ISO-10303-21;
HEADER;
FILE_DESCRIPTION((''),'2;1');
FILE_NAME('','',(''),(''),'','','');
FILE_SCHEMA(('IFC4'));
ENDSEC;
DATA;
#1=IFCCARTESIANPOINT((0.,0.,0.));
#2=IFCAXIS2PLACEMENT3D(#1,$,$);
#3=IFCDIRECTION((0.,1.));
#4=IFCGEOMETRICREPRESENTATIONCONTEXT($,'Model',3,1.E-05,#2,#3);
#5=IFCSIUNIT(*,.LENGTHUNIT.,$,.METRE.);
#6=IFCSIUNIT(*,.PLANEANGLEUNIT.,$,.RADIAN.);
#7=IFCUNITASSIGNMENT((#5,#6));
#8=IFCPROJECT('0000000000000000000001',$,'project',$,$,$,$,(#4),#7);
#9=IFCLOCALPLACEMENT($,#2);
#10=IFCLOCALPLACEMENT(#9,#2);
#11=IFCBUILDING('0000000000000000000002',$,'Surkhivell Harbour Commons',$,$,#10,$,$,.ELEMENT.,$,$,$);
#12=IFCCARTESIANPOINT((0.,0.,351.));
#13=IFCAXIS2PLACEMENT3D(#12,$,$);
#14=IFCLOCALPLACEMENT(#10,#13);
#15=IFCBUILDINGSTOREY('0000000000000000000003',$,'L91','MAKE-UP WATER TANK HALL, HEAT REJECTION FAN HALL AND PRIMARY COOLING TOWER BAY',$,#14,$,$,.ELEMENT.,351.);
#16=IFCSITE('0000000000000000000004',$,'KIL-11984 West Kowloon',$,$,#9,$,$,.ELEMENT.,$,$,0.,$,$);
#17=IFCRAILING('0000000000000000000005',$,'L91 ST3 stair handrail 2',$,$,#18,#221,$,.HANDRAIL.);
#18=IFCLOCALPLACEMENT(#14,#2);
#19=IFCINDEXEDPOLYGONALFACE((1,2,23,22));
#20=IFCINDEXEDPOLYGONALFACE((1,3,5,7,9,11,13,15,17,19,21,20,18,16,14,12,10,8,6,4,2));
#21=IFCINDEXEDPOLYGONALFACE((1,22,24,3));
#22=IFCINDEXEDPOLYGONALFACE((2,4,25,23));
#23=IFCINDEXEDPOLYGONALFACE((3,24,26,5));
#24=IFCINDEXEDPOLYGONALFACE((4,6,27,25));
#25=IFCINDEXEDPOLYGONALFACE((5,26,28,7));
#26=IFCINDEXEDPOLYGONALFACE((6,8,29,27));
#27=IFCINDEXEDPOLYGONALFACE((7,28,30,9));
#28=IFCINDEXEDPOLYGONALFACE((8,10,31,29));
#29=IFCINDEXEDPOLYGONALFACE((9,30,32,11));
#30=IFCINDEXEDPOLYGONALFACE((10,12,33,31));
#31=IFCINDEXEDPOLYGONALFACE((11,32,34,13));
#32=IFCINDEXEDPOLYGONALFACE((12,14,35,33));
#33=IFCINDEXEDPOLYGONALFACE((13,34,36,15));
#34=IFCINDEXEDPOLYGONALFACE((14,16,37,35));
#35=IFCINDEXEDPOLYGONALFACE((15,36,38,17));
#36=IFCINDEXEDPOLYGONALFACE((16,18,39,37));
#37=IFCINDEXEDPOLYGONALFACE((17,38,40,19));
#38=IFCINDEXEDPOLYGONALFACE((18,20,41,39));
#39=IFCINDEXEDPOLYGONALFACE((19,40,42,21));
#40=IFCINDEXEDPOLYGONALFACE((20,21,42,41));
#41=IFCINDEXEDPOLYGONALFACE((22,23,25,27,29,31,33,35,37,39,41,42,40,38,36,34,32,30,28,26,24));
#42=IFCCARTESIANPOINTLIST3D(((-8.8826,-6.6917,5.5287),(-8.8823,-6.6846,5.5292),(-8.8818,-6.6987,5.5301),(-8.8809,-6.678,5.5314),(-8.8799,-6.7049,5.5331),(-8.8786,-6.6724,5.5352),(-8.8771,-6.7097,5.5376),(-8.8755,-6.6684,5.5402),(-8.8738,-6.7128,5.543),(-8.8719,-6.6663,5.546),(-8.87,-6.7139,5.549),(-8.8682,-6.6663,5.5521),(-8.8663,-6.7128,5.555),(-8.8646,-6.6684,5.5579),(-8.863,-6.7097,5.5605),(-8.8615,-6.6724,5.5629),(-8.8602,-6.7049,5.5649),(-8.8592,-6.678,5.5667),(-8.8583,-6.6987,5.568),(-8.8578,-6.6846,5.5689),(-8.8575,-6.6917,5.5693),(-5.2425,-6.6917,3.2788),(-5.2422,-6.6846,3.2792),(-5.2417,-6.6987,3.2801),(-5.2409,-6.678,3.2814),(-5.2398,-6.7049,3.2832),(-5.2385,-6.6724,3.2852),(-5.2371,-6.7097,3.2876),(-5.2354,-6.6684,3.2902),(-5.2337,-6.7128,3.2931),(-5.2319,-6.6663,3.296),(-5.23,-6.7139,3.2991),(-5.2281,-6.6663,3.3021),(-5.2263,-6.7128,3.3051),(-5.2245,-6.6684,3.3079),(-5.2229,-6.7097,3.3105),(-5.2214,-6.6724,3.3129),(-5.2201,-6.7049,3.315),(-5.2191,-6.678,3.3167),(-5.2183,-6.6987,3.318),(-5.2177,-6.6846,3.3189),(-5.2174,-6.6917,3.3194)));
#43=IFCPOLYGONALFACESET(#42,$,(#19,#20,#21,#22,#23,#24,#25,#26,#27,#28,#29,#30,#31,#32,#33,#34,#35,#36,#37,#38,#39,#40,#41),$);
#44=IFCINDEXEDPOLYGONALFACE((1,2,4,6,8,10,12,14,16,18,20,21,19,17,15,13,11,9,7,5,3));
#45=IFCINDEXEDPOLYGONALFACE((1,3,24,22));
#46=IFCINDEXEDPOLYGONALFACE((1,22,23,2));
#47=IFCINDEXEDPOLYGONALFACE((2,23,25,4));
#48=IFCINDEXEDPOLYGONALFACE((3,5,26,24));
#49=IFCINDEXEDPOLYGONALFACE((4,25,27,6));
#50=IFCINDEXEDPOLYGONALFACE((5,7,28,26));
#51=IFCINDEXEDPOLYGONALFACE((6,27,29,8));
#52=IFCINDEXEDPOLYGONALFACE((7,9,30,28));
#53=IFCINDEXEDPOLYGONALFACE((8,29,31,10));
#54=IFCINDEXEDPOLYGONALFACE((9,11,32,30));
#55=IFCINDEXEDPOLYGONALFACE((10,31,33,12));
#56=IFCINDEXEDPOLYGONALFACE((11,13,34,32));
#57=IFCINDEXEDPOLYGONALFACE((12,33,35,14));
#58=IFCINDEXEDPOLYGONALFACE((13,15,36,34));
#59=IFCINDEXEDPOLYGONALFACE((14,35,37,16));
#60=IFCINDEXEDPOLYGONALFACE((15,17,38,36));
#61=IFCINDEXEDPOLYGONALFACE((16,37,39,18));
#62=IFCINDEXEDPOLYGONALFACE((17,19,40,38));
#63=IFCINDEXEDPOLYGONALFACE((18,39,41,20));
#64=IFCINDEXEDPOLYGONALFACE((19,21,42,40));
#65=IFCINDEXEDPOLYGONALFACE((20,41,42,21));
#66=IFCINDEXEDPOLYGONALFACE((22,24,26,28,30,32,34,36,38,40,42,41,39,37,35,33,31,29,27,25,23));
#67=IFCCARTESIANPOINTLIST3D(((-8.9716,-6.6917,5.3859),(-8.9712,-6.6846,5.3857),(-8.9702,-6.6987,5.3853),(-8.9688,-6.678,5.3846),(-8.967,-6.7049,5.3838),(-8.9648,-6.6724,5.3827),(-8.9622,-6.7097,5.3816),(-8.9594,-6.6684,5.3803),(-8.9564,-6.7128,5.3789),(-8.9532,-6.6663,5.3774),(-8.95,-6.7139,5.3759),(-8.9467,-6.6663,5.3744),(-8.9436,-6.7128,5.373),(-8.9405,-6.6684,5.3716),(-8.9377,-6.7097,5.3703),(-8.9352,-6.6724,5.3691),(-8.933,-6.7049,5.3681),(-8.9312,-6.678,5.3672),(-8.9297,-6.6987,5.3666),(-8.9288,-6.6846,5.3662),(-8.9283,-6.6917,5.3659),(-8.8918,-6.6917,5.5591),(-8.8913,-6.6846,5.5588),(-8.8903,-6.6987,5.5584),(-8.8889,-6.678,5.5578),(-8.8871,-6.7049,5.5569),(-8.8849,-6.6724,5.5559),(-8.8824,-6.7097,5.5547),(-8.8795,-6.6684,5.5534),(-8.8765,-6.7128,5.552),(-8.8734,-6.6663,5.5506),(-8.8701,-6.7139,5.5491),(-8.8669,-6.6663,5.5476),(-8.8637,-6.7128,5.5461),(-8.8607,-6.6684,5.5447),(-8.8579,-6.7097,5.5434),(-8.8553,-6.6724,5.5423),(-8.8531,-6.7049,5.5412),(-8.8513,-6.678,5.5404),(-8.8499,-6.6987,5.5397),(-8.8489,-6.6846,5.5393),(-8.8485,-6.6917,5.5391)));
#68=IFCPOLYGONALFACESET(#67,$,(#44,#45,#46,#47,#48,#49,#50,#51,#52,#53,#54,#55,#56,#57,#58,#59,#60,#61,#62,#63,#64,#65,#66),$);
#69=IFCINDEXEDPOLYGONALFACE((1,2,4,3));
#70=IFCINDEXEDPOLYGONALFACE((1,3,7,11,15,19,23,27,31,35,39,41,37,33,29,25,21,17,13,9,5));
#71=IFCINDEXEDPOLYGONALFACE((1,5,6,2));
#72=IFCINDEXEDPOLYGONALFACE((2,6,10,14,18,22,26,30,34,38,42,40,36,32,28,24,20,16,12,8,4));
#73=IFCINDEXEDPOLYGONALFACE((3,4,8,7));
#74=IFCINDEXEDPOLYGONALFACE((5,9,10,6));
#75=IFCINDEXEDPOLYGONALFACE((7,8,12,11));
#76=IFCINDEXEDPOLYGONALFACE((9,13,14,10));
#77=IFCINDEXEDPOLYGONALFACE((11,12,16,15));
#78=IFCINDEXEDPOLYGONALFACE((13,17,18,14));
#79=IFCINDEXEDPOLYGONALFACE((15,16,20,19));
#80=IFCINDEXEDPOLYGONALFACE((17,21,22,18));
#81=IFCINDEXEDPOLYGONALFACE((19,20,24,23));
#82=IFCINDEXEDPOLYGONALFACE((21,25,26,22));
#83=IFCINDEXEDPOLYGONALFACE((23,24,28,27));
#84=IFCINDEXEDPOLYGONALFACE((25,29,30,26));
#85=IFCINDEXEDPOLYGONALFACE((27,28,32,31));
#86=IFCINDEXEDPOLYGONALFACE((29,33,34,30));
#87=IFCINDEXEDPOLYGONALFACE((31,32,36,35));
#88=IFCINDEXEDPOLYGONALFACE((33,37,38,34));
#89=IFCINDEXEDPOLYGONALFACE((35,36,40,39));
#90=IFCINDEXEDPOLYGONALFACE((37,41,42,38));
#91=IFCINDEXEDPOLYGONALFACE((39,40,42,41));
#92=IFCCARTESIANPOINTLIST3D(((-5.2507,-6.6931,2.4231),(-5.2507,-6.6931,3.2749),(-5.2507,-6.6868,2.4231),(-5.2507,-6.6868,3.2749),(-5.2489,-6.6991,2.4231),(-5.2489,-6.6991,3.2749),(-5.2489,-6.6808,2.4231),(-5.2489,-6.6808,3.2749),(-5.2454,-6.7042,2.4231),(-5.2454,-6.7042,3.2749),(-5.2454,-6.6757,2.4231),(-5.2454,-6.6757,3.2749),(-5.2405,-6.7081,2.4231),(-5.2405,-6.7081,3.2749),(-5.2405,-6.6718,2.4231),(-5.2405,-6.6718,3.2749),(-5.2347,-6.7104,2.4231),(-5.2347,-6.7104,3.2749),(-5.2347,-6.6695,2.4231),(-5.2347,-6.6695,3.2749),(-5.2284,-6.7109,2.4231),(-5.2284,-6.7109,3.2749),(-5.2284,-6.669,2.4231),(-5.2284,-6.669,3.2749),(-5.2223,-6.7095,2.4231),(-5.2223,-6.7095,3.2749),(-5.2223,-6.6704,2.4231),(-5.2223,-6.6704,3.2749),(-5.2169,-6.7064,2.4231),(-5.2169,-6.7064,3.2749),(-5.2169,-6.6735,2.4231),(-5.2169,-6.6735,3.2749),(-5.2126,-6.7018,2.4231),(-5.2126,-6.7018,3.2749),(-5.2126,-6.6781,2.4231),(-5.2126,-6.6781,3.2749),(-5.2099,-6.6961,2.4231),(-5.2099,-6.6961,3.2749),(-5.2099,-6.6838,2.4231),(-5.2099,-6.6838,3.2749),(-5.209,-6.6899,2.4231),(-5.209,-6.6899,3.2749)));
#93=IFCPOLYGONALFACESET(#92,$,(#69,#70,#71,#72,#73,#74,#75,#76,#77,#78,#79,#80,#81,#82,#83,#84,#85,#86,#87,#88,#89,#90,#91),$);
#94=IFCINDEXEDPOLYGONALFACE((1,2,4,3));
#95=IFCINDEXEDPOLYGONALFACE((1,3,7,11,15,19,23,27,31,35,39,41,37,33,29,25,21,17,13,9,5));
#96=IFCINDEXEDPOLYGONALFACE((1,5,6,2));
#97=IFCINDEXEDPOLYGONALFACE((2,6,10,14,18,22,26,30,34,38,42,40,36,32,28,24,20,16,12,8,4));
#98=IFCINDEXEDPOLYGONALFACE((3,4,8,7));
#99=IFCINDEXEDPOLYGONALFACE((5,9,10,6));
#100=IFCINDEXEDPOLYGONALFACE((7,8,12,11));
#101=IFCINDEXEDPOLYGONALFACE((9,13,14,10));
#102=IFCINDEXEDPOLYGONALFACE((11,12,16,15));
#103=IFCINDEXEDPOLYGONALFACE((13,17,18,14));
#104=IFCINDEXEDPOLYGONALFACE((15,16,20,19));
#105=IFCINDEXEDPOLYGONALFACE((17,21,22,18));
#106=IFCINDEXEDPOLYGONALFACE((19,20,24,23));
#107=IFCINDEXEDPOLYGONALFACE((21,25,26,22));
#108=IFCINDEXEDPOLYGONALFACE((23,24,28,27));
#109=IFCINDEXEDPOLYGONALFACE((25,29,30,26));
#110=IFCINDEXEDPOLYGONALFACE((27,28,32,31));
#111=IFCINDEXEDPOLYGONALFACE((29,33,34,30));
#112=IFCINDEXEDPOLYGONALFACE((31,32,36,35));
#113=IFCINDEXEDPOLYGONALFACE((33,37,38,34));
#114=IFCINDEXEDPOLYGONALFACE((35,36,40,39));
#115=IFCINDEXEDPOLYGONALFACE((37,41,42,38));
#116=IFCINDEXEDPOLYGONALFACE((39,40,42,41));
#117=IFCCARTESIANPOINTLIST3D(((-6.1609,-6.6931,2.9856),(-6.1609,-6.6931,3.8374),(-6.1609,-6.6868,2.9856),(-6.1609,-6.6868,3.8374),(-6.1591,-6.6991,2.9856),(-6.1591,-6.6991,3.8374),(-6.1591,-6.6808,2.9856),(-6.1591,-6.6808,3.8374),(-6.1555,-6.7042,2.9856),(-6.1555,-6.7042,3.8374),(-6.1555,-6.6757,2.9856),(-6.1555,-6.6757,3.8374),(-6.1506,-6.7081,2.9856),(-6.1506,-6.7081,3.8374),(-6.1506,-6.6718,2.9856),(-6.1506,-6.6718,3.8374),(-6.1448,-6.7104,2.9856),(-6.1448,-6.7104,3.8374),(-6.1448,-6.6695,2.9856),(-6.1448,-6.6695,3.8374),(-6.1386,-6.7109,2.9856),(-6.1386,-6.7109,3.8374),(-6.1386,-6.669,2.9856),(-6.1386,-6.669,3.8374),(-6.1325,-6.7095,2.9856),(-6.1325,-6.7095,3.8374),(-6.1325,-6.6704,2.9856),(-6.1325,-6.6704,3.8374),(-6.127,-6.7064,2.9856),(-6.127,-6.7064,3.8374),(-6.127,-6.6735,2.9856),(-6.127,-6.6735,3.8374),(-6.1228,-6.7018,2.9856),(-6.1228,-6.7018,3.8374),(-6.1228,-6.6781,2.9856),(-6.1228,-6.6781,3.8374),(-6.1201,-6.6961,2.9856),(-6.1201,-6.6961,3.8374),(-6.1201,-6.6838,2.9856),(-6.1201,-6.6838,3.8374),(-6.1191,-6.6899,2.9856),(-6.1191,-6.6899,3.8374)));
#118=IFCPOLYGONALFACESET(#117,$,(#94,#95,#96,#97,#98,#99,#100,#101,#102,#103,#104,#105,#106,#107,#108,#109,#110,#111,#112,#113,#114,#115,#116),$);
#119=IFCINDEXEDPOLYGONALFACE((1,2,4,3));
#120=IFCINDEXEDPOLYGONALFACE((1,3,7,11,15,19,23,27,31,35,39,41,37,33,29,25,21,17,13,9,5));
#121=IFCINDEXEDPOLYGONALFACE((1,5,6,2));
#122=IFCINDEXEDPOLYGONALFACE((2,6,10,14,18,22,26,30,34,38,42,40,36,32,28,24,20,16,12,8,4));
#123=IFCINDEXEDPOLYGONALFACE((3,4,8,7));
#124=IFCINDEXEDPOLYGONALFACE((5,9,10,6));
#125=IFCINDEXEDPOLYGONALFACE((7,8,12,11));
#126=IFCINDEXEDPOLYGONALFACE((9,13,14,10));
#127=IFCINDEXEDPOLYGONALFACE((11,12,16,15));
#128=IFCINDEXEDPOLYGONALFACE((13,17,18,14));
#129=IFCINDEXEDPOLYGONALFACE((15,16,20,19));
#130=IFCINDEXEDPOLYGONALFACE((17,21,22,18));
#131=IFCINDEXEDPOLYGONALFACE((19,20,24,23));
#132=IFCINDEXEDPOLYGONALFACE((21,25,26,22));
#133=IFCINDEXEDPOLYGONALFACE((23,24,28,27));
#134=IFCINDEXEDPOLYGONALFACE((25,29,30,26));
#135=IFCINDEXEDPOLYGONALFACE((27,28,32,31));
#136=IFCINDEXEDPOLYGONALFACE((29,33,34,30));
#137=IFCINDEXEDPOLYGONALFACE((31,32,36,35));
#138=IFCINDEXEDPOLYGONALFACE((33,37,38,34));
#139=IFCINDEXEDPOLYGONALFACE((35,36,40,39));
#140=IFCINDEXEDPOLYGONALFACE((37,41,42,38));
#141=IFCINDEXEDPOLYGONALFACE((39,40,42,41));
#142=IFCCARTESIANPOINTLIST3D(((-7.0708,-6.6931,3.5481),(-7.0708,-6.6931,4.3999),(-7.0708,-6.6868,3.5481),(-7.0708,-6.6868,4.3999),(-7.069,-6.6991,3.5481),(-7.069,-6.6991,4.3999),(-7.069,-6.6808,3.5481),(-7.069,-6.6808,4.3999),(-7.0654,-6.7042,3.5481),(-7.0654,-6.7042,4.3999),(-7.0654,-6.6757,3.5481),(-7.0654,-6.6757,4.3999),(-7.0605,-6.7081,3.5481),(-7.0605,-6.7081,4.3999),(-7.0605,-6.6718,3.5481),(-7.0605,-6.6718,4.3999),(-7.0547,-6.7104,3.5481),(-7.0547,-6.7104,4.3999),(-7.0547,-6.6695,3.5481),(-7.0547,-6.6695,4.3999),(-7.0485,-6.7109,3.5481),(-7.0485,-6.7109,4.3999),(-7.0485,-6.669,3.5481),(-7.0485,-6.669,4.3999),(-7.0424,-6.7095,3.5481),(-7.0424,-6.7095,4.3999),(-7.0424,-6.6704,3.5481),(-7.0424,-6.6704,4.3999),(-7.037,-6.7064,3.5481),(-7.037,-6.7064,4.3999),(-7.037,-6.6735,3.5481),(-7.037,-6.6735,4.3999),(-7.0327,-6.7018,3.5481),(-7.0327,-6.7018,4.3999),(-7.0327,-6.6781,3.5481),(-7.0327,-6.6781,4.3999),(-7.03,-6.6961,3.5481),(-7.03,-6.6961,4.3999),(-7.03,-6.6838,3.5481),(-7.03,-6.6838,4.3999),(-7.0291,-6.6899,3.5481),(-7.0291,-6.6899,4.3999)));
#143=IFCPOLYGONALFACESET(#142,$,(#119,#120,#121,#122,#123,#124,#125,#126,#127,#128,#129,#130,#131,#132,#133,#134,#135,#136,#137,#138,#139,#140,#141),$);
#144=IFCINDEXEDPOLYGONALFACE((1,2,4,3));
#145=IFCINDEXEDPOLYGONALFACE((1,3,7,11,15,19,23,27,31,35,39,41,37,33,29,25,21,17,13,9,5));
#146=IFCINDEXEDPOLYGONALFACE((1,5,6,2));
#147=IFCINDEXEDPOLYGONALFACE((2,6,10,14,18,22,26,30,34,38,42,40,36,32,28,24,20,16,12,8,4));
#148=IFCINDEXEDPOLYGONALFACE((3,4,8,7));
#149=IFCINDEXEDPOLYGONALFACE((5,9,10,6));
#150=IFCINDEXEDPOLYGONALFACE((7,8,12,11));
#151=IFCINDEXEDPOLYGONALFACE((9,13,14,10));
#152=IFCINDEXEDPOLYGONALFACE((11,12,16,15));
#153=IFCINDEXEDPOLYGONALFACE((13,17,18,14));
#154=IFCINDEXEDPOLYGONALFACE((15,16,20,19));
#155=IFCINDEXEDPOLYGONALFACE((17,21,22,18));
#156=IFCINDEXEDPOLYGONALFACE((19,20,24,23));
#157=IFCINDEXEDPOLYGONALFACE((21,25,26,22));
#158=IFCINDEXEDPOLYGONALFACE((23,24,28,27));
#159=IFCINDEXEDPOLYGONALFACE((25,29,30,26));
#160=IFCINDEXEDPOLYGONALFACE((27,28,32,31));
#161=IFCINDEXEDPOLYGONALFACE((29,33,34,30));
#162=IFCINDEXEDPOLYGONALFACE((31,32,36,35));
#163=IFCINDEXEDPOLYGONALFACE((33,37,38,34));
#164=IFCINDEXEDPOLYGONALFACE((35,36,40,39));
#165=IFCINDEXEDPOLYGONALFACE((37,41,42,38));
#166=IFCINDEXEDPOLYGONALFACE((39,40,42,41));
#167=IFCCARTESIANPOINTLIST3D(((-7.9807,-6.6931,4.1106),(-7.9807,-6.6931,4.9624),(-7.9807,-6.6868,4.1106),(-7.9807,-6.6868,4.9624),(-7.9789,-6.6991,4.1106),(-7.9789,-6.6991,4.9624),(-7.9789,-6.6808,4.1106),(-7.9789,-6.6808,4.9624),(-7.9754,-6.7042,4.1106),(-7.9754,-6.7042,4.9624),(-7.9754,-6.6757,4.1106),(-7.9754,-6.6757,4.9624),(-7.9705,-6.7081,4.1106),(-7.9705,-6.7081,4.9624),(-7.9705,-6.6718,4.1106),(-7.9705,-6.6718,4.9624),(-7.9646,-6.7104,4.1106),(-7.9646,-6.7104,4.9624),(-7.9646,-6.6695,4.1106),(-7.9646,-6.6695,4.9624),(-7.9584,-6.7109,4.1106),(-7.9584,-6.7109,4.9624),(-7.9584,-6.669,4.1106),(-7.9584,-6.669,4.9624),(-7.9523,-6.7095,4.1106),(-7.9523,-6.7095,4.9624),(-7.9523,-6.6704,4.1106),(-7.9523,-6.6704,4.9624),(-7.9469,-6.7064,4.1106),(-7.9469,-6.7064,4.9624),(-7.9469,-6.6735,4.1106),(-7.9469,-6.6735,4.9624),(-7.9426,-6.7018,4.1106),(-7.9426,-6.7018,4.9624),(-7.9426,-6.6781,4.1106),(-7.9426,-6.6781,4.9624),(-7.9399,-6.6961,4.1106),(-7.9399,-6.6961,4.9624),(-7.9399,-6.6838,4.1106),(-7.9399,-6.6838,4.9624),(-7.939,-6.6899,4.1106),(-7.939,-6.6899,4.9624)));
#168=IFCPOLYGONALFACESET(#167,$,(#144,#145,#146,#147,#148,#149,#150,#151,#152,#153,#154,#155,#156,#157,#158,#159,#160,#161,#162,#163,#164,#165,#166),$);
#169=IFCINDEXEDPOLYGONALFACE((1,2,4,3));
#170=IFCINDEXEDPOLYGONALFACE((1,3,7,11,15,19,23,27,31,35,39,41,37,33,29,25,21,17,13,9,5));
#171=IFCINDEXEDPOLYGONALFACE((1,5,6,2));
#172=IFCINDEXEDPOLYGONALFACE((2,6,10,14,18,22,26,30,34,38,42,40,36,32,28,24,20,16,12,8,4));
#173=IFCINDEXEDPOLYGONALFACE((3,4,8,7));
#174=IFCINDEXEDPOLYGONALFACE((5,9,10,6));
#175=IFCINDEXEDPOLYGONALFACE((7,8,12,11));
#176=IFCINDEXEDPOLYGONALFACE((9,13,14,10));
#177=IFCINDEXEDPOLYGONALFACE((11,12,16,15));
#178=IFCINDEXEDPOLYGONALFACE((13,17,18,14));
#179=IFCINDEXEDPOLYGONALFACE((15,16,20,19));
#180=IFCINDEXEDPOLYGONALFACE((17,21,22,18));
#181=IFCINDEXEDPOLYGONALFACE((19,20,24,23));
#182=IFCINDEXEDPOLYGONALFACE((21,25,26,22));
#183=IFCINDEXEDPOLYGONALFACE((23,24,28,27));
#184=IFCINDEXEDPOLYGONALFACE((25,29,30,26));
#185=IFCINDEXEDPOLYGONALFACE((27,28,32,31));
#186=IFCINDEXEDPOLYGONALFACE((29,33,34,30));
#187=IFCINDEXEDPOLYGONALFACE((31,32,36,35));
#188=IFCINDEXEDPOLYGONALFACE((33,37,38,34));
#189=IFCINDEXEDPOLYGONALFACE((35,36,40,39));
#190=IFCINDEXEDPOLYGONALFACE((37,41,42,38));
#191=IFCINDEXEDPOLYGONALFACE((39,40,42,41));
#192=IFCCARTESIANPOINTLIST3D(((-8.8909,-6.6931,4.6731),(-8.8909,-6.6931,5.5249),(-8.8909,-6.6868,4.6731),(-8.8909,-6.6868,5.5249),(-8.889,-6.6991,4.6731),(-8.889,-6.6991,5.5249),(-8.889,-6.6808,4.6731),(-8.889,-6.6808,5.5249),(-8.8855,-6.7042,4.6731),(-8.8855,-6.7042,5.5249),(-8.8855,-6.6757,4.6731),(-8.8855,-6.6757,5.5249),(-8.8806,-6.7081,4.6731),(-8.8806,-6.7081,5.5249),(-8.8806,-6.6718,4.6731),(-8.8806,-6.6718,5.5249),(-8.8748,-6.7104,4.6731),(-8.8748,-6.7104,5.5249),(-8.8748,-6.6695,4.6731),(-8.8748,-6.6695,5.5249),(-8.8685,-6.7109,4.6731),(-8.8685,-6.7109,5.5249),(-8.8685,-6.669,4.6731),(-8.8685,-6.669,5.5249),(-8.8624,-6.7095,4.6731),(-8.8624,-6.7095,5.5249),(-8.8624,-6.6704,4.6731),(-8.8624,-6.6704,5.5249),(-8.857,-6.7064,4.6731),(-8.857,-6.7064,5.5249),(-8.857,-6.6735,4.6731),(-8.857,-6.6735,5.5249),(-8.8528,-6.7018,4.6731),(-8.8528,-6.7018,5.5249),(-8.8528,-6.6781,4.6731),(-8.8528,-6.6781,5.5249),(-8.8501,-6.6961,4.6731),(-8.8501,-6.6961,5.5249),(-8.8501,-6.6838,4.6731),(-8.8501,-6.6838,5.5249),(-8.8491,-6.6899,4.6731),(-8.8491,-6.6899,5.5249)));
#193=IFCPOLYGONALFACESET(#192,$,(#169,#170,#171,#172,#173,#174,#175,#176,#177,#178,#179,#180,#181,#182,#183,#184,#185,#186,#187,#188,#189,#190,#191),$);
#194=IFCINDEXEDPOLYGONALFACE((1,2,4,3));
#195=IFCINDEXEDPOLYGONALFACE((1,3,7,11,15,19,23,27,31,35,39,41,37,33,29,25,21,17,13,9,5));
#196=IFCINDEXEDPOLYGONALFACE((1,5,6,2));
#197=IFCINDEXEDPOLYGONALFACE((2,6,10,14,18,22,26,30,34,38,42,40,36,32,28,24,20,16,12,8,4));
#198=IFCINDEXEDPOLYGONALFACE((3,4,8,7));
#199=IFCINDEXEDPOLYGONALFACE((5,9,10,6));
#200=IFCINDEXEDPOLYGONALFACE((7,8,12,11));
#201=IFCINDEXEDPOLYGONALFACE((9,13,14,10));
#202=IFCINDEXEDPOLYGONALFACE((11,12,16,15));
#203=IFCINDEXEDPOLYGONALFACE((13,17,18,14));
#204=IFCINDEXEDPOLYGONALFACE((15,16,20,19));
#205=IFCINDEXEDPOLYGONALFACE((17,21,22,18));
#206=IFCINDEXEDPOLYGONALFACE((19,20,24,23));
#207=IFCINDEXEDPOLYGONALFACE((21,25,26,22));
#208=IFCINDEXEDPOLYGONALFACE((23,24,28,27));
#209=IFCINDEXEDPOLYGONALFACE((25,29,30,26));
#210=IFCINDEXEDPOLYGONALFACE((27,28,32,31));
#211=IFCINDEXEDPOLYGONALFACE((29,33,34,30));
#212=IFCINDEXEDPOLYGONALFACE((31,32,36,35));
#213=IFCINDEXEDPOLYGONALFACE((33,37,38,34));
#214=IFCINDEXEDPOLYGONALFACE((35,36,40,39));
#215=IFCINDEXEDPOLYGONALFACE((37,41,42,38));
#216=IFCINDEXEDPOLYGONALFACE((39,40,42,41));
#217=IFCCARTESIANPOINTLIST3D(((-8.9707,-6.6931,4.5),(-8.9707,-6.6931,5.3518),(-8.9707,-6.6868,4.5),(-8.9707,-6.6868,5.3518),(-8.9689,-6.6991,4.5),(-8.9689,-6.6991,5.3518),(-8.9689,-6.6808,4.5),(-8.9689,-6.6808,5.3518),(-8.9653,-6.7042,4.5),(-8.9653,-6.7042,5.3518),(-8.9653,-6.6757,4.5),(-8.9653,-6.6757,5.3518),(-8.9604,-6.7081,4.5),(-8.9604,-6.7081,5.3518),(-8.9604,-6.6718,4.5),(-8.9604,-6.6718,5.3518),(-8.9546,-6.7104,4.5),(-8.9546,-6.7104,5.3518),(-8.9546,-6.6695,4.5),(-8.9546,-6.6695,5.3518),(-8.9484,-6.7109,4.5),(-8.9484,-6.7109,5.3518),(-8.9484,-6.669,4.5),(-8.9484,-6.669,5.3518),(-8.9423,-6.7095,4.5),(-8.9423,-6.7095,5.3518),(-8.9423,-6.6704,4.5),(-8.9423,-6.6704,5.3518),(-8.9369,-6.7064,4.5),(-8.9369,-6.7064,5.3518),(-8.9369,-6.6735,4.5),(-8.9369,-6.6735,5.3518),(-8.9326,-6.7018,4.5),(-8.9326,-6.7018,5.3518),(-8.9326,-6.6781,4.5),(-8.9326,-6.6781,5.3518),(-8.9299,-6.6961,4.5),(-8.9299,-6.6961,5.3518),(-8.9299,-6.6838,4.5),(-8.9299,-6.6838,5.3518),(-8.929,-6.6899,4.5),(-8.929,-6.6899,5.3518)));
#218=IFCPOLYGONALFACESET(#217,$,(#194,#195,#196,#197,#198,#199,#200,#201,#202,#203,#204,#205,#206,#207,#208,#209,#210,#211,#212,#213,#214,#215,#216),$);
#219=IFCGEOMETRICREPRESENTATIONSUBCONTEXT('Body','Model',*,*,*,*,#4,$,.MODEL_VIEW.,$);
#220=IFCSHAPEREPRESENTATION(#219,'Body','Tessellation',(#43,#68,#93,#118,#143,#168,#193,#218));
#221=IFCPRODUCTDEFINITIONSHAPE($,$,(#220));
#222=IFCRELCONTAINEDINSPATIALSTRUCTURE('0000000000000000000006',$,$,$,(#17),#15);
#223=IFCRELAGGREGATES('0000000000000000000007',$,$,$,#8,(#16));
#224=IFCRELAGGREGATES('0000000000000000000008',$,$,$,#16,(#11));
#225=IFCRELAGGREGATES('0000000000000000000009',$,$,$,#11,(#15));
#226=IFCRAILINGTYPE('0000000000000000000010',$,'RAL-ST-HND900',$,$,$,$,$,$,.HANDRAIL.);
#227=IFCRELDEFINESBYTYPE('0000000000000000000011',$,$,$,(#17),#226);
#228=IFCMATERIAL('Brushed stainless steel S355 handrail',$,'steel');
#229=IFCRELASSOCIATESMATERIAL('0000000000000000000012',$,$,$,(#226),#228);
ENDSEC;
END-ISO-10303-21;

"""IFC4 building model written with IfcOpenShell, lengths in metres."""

from ifc_helpers import new_model, si_unit, direction, frame, origin, origin_2d, place, context, subcontext, project, spatial, circle, extrude, material, type_object, element, save


model = new_model("IFC4")

# Units and contexts
model_context = context("Model", 3, precision=1e-05, world=origin(), true_north=direction((0.0, 1.0)))
body_context = subcontext(model_context, "Body", "Model", "MODEL_VIEW")
ifc_project = project(units=[si_unit("LENGTHUNIT", "METRE"), si_unit("PLANEANGLEUNIT", "RADIAN")], contexts=[model_context])

# Site, building, storey
site_placement = place(None, origin())
site = spatial("IfcSite", under=ifc_project, at=site_placement, Name="KIL-11984 West Kowloon", CompositionType="ELEMENT", RefElevation=0.0)
building_placement = place(site_placement, origin())
building = spatial("IfcBuilding", under=site, at=building_placement, Name="Surkhivell Harbour Commons", CompositionType="ELEMENT")
storey_placement = place(building_placement, frame((0.0, 0.0, 351.0)))
storey = spatial("IfcBuildingStorey", under=building, at=storey_placement, Name="L91", Description="MAKE-UP WATER TANK HALL, HEAT REJECTION FAN HALL AND PRIMARY COOLING TOWER BAY", CompositionType="ELEMENT", Elevation=351.0)

# Railing
ifc_material_1 = material(Name="Brushed stainless steel S355 handrail", Category="steel")
railing_type_1 = type_object("IfcRailingType", Name="RAL-ST-HND900", PredefinedType="HANDRAIL", material=ifc_material_1)
railing_1_placement = place(storey_placement, frame((-5.23, -6.6899, 2.4231)))
element("IfcRailing", 1, at=railing_1_placement, inside=storey, type_object=railing_type_1, Name="L91 ST3 stair handrail 2", PredefinedType="HANDRAIL", context=body_context, shape_type="SweptSolid", body=[
    extrude(circle(Radius=0.0239, at=origin_2d()), frame((0.0, 0.0, 0.876), z_axis=(-0.850622, 0.0, 0.525777), x_axis=(0.0, -1.0, 0.0)), (0.0, 0.0, 1.0), 4.2793),
    extrude(circle(Radius=0.0239, at=origin_2d()), frame((-3.6401, 0.0, 3.126), z_axis=(-0.418815, 0.0, -0.908072), x_axis=(0.0, -1.0, 0.0)), (0.0, 0.0, 1.0), 0.1907),
    extrude(circle(Radius=0.021, at=origin_2d()), origin(), (0.0, 0.0, 1.0), 0.8518),
    extrude(circle(Radius=0.021, at=origin_2d()), frame((-0.9102, 0.0, 0.5625)), (0.0, 0.0, 1.0), 0.8518),
    extrude(circle(Radius=0.021, at=origin_2d()), frame((-1.8201, 0.0, 1.125)), (0.0, 0.0, 1.0), 0.8518),
    extrude(circle(Radius=0.021, at=origin_2d()), frame((-2.73, 0.0, 1.6875)), (0.0, 0.0, 1.0), 0.8518),
    extrude(circle(Radius=0.021, at=origin_2d()), frame((-3.6401, 0.0, 2.25)), (0.0, 0.0, 1.0), 0.8518),
    extrude(circle(Radius=0.021, at=origin_2d()), frame((-3.72, 0.0, 2.0769)), (0.0, 0.0, 1.0), 0.8518),
])

save(model, "model.ifc")
